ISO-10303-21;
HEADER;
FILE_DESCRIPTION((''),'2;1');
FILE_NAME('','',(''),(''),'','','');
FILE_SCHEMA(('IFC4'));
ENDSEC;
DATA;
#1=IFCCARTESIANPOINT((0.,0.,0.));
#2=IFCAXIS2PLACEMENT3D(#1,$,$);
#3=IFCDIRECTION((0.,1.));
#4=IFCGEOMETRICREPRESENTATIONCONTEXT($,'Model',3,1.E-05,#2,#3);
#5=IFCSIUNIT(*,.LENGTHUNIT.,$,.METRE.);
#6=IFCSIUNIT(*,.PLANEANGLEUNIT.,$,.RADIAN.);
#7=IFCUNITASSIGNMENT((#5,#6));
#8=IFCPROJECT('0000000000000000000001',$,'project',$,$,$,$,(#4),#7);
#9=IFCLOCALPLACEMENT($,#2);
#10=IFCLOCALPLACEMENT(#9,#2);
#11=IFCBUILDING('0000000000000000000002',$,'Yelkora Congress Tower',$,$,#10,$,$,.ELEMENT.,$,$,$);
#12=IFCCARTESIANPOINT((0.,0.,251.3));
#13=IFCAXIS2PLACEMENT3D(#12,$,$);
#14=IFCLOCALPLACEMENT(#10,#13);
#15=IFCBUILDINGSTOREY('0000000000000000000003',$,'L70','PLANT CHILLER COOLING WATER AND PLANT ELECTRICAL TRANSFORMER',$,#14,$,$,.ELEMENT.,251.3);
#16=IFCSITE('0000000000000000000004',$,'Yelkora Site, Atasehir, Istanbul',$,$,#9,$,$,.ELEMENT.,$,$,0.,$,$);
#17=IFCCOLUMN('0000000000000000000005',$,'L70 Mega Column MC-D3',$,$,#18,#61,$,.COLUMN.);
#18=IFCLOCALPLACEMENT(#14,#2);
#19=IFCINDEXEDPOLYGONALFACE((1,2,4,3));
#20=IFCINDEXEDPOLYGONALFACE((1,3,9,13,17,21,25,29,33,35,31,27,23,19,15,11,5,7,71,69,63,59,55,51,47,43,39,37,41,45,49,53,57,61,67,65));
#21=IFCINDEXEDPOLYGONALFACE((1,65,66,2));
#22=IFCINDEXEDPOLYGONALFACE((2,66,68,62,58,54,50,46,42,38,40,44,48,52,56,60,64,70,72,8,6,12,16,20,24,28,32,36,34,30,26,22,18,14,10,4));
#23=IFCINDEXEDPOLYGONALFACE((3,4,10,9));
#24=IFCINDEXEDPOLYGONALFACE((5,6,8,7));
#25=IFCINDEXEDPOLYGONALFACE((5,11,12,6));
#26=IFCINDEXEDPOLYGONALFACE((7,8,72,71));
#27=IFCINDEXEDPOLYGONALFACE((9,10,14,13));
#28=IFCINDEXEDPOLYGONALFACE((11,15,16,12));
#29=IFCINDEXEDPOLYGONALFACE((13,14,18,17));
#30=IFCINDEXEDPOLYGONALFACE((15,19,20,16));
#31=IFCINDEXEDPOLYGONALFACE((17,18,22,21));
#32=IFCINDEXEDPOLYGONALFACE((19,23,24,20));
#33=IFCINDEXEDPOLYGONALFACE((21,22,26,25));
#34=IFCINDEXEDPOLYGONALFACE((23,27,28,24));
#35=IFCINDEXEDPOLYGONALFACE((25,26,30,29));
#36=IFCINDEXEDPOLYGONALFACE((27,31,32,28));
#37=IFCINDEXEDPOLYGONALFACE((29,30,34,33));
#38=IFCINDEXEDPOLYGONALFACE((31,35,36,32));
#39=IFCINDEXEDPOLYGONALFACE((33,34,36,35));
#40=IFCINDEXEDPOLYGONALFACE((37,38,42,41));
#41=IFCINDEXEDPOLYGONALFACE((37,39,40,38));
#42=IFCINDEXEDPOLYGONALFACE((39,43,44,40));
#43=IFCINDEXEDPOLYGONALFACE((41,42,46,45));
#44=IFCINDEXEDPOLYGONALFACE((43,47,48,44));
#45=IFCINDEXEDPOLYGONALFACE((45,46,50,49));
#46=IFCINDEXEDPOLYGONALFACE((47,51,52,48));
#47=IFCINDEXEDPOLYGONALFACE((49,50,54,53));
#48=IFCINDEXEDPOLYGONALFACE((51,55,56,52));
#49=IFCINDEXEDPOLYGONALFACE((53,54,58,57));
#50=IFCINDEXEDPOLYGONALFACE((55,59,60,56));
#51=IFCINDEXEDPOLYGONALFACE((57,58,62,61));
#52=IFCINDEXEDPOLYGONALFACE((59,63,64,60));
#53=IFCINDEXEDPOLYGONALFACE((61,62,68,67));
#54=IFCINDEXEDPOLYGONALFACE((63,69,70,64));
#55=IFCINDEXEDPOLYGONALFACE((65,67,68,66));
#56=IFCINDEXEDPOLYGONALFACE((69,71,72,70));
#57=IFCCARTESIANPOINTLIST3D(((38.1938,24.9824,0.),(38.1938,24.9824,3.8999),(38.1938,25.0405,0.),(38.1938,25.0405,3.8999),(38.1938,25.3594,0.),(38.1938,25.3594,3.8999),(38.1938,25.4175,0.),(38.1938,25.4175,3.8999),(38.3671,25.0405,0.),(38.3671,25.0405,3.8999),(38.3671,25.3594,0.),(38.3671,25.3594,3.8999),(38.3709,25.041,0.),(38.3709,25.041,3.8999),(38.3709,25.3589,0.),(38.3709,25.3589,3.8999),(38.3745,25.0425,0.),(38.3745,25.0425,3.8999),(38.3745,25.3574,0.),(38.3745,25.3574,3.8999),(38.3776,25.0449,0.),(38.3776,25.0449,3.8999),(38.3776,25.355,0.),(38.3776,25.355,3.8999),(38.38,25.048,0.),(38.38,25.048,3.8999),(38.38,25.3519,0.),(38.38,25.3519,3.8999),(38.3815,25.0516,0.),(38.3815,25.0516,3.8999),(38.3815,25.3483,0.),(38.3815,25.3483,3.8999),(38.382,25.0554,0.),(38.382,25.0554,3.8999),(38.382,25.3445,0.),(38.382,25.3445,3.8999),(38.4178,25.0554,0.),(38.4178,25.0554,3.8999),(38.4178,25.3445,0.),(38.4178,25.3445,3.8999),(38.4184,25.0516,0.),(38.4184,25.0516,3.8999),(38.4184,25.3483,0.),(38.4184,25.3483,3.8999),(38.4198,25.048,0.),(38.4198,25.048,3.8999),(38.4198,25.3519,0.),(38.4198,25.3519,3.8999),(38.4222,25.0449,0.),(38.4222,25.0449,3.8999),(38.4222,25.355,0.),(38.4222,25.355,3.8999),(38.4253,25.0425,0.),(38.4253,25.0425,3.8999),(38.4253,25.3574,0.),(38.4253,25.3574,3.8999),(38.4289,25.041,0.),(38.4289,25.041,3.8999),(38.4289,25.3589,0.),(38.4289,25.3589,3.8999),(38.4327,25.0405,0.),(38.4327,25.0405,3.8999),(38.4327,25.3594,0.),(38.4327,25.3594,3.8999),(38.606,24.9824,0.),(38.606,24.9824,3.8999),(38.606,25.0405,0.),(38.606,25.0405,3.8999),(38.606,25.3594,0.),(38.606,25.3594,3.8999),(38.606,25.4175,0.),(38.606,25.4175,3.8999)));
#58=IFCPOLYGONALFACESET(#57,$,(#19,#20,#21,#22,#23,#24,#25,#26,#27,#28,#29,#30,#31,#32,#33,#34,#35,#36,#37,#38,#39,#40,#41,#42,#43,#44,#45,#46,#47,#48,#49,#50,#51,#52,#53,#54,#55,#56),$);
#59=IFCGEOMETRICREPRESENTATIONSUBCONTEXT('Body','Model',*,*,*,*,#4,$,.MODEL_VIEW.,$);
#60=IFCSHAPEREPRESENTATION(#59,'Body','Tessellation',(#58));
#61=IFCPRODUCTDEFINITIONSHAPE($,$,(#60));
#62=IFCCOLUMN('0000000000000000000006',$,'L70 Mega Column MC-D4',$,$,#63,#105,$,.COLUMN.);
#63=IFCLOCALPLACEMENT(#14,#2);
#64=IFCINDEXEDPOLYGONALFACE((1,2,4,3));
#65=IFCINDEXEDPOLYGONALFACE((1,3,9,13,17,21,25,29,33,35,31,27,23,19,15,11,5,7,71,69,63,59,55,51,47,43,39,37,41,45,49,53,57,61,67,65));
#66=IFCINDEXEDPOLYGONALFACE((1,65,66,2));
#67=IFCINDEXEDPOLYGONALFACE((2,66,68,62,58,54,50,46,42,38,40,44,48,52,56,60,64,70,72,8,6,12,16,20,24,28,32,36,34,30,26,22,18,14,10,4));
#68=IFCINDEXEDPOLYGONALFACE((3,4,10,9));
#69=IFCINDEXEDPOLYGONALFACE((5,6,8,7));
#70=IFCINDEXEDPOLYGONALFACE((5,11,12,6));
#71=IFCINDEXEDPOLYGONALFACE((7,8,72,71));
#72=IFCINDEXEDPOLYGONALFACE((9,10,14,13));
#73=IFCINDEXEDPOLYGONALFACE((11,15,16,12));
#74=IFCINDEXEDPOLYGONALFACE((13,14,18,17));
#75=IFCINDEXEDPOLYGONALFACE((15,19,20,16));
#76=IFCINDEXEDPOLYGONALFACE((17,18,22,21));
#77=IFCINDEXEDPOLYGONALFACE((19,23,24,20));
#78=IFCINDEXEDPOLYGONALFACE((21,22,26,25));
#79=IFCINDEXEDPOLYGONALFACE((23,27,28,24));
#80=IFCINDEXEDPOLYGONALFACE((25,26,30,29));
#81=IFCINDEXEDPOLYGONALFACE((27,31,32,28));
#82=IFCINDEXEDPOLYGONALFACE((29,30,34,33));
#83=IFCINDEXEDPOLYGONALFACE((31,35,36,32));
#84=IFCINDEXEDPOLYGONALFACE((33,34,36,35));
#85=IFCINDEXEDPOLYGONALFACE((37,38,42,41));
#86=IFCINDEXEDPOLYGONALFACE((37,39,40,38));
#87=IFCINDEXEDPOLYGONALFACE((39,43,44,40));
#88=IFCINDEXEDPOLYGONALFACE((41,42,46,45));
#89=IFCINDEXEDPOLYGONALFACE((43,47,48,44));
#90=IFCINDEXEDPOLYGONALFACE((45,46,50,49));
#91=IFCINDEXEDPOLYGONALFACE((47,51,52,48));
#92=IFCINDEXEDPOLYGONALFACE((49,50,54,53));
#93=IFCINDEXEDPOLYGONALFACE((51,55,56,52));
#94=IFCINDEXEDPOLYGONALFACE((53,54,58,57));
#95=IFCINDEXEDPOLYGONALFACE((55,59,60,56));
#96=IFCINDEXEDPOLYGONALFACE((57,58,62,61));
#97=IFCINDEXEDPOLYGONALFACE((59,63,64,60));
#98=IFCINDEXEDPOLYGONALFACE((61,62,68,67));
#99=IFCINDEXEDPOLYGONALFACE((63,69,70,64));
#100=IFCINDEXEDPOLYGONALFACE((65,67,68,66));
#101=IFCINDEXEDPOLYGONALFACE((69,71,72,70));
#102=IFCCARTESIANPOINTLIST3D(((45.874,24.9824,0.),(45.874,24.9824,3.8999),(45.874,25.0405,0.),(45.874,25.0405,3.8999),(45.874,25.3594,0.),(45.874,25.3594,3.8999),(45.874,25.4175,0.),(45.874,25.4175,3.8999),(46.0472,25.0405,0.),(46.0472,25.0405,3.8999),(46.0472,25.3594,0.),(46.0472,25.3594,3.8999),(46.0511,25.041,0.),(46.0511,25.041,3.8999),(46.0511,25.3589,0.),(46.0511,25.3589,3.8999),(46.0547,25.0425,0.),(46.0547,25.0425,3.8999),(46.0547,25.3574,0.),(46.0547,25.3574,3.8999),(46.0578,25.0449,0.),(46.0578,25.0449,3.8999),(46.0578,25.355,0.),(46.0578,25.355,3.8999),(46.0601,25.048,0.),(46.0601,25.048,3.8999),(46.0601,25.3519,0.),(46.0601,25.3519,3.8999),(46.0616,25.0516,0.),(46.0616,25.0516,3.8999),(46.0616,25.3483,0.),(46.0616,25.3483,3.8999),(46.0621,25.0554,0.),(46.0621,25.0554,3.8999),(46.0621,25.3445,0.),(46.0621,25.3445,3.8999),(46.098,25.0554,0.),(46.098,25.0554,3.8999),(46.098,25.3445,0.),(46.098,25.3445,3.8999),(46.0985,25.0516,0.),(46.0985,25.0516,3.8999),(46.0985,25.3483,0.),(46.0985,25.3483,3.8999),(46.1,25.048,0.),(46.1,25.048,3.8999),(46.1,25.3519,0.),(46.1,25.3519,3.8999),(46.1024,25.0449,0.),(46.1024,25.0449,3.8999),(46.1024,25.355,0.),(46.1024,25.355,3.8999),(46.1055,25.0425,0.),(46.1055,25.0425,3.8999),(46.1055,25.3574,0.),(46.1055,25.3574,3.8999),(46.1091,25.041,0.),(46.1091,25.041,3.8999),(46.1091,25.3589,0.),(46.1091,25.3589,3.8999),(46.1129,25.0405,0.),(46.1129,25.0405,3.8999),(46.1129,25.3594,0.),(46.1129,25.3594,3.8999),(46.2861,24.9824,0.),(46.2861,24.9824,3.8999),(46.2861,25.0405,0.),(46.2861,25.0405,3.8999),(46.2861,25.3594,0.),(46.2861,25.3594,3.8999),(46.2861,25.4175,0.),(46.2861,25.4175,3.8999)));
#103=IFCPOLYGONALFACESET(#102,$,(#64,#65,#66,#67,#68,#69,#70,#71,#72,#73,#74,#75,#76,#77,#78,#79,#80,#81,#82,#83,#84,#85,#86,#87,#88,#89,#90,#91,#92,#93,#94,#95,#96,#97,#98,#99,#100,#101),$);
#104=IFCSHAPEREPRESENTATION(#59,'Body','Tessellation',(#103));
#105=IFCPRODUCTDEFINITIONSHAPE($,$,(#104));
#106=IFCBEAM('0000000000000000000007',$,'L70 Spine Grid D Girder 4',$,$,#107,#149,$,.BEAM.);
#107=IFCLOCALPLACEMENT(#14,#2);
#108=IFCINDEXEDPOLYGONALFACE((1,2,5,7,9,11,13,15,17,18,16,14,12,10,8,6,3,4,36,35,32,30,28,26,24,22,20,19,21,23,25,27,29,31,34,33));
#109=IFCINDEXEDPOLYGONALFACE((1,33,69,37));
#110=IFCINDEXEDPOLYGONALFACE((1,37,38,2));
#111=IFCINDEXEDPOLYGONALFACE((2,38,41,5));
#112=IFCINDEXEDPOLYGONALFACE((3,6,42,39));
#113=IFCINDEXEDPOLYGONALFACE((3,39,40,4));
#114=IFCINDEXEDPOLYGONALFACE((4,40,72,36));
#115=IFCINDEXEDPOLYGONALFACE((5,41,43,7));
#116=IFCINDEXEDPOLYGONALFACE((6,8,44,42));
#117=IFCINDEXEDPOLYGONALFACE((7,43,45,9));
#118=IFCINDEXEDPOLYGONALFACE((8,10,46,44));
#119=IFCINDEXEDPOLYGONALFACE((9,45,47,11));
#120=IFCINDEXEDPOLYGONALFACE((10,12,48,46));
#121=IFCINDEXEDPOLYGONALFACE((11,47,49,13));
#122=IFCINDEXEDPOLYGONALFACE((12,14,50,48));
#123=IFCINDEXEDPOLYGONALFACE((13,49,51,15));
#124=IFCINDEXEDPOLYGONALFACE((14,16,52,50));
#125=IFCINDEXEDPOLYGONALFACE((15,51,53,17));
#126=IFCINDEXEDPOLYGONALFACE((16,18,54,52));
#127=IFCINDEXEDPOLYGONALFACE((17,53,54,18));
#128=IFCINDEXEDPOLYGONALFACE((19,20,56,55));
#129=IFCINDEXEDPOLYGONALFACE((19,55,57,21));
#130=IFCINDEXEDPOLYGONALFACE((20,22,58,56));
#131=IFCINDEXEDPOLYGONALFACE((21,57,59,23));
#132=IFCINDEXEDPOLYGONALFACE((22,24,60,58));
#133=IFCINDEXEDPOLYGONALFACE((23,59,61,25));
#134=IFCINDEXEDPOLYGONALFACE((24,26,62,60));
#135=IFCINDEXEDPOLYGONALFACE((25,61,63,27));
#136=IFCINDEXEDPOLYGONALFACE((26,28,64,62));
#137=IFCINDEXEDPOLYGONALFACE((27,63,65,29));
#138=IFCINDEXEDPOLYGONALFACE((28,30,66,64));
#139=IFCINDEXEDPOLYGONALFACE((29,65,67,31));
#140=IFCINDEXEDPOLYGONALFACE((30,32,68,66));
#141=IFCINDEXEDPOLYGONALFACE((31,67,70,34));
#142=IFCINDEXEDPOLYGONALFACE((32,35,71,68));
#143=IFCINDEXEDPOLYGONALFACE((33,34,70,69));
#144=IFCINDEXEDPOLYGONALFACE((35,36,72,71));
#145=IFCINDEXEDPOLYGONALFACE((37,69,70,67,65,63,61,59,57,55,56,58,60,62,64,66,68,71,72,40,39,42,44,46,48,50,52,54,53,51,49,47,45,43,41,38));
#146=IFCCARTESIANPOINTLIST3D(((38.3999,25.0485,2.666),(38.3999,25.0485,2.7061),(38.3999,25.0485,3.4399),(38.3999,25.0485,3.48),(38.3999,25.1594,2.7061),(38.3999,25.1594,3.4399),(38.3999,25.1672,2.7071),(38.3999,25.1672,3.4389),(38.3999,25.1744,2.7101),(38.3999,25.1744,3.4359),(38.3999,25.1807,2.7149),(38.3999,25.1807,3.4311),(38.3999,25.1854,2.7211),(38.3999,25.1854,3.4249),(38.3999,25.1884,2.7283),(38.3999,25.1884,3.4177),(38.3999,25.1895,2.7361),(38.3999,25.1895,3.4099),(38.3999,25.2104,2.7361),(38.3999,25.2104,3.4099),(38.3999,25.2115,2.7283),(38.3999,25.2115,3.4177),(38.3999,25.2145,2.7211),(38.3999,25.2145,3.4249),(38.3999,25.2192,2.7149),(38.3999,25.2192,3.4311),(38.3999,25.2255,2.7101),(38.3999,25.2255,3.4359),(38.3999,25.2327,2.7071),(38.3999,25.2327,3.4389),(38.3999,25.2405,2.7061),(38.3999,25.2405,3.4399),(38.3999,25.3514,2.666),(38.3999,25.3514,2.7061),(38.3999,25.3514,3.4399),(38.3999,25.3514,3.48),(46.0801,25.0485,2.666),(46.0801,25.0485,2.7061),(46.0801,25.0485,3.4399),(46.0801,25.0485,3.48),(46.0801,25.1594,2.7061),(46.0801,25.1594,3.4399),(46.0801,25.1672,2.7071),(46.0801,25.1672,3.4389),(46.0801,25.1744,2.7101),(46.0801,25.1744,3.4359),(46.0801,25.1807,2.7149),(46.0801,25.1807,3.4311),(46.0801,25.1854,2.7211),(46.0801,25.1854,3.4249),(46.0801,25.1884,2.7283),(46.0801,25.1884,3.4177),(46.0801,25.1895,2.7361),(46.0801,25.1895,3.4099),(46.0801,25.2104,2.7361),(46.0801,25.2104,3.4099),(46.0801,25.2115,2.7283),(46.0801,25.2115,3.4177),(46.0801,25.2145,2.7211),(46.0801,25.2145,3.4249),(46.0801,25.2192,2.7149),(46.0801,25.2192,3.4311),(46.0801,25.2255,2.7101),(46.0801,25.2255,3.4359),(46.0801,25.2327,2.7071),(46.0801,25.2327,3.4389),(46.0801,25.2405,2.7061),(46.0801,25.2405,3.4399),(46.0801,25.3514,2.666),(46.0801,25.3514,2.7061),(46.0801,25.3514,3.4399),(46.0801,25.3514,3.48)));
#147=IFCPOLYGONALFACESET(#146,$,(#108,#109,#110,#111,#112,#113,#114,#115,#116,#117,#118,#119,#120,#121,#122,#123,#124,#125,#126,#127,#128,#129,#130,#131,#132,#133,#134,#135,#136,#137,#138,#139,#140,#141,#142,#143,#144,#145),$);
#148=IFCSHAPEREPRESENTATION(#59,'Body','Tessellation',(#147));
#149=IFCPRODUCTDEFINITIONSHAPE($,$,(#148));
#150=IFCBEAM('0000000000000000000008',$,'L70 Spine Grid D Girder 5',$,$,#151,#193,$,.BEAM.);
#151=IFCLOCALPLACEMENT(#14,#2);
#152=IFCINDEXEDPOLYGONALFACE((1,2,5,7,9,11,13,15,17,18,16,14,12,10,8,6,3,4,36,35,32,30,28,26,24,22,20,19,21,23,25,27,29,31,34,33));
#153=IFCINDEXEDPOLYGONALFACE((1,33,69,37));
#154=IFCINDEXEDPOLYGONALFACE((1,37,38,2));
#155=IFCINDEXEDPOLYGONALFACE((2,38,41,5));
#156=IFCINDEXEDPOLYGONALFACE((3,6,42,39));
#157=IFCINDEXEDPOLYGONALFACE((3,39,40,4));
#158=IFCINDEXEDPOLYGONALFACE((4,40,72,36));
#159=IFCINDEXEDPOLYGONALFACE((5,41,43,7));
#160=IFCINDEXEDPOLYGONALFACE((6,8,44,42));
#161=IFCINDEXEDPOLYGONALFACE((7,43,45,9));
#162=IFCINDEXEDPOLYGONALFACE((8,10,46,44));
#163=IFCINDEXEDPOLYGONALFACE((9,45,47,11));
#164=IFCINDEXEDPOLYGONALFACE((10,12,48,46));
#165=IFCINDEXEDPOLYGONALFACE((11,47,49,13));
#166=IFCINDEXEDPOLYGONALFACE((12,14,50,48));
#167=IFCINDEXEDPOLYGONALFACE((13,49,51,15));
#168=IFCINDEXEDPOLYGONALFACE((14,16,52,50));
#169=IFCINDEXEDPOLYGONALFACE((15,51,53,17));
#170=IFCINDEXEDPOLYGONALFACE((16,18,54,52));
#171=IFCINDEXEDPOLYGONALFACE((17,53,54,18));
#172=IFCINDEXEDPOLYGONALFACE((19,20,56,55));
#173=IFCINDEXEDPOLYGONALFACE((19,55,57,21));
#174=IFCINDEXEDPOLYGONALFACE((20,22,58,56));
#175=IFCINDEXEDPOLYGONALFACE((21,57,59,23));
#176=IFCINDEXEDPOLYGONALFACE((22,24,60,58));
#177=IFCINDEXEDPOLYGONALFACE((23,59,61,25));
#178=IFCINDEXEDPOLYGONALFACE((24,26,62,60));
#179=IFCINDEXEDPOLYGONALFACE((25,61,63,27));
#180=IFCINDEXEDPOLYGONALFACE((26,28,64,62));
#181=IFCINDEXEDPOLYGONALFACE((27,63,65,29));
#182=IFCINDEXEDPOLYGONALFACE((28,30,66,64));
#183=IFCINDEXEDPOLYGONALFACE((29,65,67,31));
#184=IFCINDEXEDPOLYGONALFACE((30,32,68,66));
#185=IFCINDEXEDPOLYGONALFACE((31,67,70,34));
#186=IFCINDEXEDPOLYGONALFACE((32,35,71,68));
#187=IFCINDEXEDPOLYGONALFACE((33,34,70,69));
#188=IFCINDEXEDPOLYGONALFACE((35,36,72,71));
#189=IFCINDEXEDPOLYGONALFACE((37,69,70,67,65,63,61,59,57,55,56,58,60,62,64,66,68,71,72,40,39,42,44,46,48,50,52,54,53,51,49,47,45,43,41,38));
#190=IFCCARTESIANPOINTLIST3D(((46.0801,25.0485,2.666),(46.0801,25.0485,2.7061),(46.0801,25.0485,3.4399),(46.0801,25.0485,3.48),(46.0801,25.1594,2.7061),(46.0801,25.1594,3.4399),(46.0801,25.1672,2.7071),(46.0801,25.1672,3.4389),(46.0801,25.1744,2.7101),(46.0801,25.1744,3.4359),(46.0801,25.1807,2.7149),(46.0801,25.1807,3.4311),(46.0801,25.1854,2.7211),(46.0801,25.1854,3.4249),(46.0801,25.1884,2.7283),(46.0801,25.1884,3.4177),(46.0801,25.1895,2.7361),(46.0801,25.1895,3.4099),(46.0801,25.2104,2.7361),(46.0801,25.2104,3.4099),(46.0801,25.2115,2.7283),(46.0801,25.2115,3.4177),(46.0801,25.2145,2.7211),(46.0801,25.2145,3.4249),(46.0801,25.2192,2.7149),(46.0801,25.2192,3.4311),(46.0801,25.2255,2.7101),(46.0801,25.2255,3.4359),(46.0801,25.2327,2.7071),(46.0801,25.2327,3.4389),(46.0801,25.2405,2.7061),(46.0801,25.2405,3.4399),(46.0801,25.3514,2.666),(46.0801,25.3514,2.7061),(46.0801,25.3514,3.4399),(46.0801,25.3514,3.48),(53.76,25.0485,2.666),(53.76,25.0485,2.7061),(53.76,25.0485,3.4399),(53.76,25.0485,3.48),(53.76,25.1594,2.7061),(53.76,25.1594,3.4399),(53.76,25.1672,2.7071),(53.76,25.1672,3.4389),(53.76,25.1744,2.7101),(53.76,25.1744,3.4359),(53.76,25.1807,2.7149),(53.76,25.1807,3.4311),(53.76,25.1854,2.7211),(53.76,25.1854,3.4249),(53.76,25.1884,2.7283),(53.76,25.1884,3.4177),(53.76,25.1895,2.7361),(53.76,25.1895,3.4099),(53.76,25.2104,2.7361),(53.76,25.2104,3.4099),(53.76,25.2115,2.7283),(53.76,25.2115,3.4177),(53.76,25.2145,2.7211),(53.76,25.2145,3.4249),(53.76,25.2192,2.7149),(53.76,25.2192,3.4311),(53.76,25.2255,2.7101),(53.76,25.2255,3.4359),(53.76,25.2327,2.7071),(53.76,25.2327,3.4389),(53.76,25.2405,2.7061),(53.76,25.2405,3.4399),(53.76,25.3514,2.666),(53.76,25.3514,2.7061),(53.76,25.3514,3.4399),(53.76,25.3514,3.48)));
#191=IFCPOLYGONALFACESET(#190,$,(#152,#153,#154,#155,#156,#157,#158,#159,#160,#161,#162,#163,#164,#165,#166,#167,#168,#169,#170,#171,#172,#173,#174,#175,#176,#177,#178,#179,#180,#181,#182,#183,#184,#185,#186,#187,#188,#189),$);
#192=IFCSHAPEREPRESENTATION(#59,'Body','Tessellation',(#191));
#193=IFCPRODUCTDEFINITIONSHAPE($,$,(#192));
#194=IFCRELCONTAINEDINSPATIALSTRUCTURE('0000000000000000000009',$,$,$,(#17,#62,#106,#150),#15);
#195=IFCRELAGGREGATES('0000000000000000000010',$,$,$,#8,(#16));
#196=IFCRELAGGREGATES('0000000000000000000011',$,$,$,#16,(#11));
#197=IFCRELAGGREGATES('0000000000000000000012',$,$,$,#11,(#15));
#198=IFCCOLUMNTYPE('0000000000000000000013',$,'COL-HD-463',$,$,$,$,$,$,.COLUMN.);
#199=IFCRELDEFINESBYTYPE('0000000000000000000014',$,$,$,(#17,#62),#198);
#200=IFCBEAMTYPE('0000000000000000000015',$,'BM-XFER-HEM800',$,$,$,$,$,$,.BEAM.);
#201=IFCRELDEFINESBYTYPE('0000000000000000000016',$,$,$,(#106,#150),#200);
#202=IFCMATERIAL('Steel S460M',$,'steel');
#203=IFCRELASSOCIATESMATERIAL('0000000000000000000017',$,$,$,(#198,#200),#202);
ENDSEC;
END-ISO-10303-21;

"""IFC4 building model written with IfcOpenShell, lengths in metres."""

from ifc_helpers import new_model, si_unit, direction, frame, origin, origin_2d, place, context, subcontext, project, spatial, i_section, extrude, material, material_profile, profile_set, type_object, element, save


model = new_model("IFC4")

# Units and contexts
model_context = context("Model", 3, precision=1e-05, world=origin(), true_north=direction((0.0, 1.0)))
body_context = subcontext(model_context, "Body", "Model", "MODEL_VIEW")
ifc_project = project(units=[si_unit("LENGTHUNIT", "METRE"), si_unit("PLANEANGLEUNIT", "RADIAN")], contexts=[model_context])

# Site, building, storey
site_placement = place(None, origin())
site = spatial("IfcSite", under=ifc_project, at=site_placement, Name="Yelkora Site, Atasehir, Istanbul", CompositionType="ELEMENT", RefElevation=0.0)
building_placement = place(site_placement, origin())
building = spatial("IfcBuilding", under=site, at=building_placement, Name="Yelkora Congress Tower", CompositionType="ELEMENT")
storey_placement = place(building_placement, frame((0.0, 0.0, 251.3)))
storey = spatial("IfcBuildingStorey", under=building, at=storey_placement, Name="L70", Description="PLANT CHILLER COOLING WATER AND PLANT ELECTRICAL TRANSFORMER", CompositionType="ELEMENT", Elevation=251.3)

# Columns
ifc_material_1 = material(Name="Steel S460M", Category="steel")
ifc_material_profile_1 = material_profile(ifc_material_1, i_section(OverallWidth=0.4121, OverallDepth=0.4351, WebThickness=0.0359, FlangeThickness=0.0581, FilletRadius=0.0149, at=origin_2d()), Name="HD 400x463")
ifc_profile_set_1 = profile_set([ifc_material_profile_1], Name="Steel S460M")
column_type = type_object("IfcColumnType", Name="COL-HD-463", PredefinedType="COLUMN", material=ifc_profile_set_1)
for number, where, z_axis, x_axis, name in (
    (1, (38.3999, 25.2, 0.0), (0.0, 0.0, 1.0), (1.0, 0.0, 0.0), "L70 Mega Column MC-D3"),
    (2, (46.0801, 25.2, 0.0), (0.0, 0.0, 1.0), (1.0, 0.0, 0.0), "L70 Mega Column MC-D4"),
):
    element("IfcColumn", number, at=place(storey_placement, frame(where, z_axis=z_axis, x_axis=x_axis)), inside=storey, type_object=column_type, Name=name, PredefinedType="COLUMN", context=body_context, shape_type="SweptSolid", body=[
        extrude(i_section(OverallWidth=0.4121, OverallDepth=0.4351, WebThickness=0.0359, FlangeThickness=0.0581, FilletRadius=0.0149, at=origin_2d()), origin(), (0.0, 0.0, 1.0), 3.8999),
    ])

# Beams
ifc_material_profile_2 = material_profile(ifc_material_1, i_section(OverallWidth=0.303, OverallDepth=0.814, WebThickness=0.021, FlangeThickness=0.04, FilletRadius=0.03, at=origin_2d()), Name="HEM 800")
ifc_profile_set_2 = profile_set([ifc_material_profile_2], Name="Steel S460M")
beam_type = type_object("IfcBeamType", Name="BM-XFER-HEM800", PredefinedType="BEAM", material=ifc_profile_set_2)
beam_1_placement = place(storey_placement, frame((38.3999, 25.2, 3.073), z_axis=(1.0, 0.0, 0.0), x_axis=(0.0, 1.0, 0.0)))
element("IfcBeam", 3, at=beam_1_placement, inside=storey, type_object=beam_type, Name="L70 Spine Grid D Girder 4", PredefinedType="BEAM", context=body_context, shape_type="SweptSolid", body=[
    extrude(i_section(OverallWidth=0.303, OverallDepth=0.814, WebThickness=0.021, FlangeThickness=0.04, FilletRadius=0.03, at=origin_2d()), origin(), (0.0, 0.0, 1.0), 7.6802),
])
beam_2_placement = place(storey_placement, frame((46.0801, 25.2, 3.073), z_axis=(1.0, 0.0, 0.0), x_axis=(0.0, 1.0, 0.0)))
element("IfcBeam", 4, at=beam_2_placement, inside=storey, type_object=beam_type, Name="L70 Spine Grid D Girder 5", PredefinedType="BEAM", context=body_context, shape_type="SweptSolid", body=[
    extrude(i_section(OverallWidth=0.303, OverallDepth=0.814, WebThickness=0.021, FlangeThickness=0.04, FilletRadius=0.03, at=origin_2d()), origin(), (0.0, 0.0, 1.0), 7.6799),
])

save(model, "model.ifc")
